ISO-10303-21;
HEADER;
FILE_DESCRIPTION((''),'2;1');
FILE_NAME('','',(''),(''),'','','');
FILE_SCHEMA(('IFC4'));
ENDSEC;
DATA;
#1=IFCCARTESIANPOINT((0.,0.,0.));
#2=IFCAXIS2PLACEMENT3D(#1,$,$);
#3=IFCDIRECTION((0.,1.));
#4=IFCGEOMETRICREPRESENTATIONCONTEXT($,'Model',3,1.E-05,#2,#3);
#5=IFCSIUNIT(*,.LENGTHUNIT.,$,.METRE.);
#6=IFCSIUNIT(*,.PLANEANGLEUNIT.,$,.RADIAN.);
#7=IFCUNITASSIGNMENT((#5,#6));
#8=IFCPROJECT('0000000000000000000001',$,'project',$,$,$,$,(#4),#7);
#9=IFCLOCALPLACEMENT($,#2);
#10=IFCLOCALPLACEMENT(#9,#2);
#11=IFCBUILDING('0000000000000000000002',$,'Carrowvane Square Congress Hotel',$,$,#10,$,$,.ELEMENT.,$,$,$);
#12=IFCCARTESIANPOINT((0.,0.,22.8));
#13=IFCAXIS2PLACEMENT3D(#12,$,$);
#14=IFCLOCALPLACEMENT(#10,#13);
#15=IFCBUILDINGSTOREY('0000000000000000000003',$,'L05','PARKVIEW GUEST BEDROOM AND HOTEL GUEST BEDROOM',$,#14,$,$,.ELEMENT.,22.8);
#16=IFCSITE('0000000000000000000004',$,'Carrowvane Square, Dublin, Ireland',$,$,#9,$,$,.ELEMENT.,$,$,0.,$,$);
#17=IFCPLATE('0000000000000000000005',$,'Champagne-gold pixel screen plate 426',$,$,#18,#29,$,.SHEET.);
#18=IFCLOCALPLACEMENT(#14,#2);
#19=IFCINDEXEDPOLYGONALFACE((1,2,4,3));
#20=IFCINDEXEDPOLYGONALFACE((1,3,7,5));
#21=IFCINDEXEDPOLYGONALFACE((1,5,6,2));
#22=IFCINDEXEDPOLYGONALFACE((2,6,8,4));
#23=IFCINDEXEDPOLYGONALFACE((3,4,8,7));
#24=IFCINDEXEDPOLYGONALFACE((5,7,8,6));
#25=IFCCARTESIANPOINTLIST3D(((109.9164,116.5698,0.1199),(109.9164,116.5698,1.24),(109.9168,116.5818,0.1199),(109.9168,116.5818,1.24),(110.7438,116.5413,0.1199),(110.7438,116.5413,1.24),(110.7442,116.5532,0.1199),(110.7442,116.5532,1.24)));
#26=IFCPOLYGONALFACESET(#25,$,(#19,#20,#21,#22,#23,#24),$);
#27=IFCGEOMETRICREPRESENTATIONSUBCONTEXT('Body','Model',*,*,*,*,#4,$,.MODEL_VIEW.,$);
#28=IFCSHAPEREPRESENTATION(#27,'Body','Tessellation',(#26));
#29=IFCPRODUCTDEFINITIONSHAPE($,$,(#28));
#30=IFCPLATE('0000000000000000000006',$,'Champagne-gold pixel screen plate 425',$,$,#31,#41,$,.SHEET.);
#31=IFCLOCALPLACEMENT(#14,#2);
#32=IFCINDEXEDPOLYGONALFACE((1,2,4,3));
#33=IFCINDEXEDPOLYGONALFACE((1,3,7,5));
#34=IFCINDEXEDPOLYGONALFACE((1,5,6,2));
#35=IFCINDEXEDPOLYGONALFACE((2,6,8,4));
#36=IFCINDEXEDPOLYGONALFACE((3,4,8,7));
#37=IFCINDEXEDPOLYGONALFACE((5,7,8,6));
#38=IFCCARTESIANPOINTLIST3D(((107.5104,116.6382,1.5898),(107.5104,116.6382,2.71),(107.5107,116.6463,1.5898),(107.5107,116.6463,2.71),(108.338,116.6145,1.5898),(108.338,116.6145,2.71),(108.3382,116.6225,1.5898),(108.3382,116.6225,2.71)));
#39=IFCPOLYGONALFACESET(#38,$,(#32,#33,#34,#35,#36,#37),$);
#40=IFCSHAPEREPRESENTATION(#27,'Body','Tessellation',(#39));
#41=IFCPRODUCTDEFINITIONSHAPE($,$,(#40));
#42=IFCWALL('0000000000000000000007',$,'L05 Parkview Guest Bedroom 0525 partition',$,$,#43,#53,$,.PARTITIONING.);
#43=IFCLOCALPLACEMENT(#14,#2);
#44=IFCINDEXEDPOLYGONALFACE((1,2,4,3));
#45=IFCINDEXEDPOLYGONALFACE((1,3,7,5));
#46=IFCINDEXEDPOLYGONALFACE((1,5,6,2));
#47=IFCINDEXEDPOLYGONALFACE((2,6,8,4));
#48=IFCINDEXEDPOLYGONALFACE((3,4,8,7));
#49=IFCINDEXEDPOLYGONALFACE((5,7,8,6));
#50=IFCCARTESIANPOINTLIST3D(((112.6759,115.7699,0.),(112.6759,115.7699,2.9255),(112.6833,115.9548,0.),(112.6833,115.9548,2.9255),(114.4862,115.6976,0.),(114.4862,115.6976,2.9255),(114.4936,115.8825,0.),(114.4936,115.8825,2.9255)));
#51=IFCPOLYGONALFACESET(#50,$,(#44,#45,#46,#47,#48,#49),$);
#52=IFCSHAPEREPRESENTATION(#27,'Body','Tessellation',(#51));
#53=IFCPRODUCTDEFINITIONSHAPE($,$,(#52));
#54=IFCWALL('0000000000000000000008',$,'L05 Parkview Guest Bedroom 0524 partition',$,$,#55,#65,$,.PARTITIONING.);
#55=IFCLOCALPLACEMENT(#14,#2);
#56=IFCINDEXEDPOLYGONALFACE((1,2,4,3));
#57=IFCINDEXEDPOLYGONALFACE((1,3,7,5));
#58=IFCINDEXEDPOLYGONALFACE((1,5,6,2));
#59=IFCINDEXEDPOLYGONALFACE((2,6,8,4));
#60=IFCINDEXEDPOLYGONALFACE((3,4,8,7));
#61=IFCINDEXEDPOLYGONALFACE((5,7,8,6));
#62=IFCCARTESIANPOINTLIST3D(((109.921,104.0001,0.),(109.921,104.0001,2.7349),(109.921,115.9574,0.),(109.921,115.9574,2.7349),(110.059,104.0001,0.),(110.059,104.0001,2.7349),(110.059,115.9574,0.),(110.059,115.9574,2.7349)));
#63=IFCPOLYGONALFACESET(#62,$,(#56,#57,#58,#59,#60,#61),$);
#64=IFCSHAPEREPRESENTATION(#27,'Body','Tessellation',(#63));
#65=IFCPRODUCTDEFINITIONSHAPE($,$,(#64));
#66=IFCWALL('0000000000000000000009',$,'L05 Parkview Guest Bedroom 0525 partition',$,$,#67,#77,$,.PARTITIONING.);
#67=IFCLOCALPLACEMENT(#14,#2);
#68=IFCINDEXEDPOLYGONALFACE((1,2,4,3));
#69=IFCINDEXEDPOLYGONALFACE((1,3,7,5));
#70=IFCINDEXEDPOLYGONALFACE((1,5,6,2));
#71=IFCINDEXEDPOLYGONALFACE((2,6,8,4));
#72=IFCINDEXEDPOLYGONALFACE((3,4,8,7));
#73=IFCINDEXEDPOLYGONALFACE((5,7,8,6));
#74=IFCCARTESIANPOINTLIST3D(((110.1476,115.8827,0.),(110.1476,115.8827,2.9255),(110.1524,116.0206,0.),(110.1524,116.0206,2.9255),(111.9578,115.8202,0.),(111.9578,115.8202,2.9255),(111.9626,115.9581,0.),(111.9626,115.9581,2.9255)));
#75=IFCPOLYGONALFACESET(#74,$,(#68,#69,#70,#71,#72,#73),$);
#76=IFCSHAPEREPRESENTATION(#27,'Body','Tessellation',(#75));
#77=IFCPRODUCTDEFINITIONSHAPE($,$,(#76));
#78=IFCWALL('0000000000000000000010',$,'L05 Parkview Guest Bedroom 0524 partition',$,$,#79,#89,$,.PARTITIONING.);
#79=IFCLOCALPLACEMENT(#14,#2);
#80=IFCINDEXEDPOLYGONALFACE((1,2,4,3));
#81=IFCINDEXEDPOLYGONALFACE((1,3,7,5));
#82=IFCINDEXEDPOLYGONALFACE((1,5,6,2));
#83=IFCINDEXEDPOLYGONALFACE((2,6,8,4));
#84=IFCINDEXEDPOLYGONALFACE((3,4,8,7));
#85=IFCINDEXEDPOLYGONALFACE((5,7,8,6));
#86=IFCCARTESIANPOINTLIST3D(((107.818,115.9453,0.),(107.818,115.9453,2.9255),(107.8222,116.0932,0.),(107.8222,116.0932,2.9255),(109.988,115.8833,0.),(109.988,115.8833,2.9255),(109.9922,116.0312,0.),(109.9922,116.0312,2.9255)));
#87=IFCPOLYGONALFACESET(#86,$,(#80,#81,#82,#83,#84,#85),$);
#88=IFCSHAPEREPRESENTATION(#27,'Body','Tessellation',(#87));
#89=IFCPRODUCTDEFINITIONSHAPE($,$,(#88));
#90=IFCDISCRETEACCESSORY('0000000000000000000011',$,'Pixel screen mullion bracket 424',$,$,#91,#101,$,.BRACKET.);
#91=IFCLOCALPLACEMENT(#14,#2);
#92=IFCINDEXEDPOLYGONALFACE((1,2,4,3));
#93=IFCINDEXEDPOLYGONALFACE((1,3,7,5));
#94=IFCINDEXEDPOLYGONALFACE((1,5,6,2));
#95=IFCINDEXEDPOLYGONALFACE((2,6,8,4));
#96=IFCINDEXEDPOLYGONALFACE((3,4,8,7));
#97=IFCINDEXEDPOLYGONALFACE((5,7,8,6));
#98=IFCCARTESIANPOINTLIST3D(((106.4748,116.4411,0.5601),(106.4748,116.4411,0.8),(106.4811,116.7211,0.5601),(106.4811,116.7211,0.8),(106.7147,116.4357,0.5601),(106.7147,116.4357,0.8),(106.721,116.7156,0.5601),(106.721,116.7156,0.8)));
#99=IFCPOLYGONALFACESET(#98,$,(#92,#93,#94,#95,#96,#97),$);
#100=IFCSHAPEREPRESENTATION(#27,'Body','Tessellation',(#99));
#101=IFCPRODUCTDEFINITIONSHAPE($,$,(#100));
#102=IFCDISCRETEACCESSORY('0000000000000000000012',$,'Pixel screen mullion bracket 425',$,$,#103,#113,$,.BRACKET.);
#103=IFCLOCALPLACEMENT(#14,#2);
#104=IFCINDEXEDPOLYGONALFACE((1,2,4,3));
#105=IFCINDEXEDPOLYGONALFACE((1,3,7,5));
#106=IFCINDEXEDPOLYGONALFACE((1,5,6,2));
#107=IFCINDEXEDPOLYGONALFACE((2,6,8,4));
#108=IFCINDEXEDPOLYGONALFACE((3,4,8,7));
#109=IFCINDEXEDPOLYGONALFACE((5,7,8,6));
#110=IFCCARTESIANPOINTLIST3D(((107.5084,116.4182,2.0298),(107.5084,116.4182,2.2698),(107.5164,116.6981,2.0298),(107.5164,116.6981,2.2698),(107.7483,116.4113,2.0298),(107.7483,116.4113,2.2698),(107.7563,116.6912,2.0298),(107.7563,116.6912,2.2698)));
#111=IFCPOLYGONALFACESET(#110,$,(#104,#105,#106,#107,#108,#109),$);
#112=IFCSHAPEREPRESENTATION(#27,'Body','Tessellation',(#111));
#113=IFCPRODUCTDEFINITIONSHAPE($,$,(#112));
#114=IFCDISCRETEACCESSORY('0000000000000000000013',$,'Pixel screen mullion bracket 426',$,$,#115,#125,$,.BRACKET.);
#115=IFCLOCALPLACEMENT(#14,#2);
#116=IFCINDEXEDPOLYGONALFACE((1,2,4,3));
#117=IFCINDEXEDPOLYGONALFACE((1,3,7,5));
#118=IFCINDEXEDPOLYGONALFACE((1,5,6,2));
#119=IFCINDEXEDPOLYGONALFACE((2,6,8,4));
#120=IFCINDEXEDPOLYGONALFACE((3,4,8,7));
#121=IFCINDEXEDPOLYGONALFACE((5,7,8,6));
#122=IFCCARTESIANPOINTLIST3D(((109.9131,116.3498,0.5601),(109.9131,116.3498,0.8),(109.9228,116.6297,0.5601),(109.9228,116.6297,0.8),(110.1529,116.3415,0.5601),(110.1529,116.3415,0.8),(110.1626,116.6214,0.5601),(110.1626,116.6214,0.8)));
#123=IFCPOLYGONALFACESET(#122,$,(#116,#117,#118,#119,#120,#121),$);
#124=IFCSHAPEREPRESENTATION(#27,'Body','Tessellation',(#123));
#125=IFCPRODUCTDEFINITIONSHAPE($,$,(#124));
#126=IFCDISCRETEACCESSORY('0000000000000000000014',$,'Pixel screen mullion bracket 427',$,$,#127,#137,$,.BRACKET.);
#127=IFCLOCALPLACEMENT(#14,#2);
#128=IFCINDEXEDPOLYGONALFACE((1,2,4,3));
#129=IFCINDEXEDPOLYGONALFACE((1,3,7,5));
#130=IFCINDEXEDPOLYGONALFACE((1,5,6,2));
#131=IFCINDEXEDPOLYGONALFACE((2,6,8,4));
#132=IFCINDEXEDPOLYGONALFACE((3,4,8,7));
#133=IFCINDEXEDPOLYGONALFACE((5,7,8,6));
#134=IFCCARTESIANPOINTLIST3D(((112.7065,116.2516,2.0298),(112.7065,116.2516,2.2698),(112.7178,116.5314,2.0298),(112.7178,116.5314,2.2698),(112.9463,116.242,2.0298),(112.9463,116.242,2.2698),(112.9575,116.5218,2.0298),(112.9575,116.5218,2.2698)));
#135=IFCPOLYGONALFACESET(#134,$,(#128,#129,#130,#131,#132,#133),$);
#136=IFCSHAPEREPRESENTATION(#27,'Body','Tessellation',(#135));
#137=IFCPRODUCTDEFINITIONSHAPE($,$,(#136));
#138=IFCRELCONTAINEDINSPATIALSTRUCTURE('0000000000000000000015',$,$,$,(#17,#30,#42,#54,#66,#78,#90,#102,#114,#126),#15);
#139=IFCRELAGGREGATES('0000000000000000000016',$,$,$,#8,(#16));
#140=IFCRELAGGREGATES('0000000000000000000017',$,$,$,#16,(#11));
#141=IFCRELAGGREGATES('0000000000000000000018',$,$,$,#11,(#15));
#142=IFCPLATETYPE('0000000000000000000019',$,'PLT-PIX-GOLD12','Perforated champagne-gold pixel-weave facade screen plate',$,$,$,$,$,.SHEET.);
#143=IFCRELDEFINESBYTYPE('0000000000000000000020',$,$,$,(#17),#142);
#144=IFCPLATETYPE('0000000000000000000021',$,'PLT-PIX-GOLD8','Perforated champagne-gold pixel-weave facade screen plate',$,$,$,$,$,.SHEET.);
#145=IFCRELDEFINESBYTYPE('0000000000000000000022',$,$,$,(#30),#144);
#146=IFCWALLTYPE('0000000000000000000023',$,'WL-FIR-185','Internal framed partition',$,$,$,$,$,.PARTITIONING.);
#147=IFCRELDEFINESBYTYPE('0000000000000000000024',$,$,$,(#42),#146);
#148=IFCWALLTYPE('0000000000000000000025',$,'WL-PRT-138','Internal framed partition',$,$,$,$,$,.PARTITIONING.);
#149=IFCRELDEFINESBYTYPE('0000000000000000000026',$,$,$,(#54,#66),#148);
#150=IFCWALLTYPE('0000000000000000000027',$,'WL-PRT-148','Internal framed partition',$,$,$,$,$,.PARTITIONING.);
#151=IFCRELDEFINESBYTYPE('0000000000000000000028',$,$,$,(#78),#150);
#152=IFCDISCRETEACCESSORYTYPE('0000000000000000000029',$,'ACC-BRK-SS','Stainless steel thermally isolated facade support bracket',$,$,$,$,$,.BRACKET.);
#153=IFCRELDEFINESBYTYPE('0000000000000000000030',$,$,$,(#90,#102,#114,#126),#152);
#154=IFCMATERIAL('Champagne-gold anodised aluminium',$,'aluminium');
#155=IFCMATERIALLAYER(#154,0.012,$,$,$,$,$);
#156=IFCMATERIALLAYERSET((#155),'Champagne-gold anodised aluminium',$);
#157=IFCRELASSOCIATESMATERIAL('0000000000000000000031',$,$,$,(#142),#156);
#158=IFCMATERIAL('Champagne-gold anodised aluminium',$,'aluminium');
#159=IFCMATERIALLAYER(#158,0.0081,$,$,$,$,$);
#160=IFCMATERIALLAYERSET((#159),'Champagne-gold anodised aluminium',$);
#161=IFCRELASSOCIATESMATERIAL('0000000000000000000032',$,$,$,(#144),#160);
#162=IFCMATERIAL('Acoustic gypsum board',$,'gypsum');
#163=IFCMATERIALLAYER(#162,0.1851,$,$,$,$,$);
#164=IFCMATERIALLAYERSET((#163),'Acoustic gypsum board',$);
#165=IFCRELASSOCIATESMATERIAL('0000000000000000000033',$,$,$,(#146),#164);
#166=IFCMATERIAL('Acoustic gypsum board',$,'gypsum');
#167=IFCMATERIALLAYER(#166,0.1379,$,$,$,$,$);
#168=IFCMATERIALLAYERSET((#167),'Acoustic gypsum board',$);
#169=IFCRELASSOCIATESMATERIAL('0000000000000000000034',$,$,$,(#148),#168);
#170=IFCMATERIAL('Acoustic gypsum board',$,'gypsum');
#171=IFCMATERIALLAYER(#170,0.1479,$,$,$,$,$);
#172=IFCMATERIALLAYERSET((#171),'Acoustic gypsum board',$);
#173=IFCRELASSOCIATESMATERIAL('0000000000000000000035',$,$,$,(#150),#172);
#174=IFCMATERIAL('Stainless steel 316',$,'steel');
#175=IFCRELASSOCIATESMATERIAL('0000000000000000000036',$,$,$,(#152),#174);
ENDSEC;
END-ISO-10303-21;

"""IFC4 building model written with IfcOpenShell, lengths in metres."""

from ifc_helpers import new_model, si_unit, direction, frame, frame_2d, origin, origin_2d, place, context, subcontext, project, spatial, rectangle, extrude, material, layer, layer_set, type_object, element, save


model = new_model("IFC4")

# Units and contexts
model_context = context("Model", 3, precision=1e-05, world=origin(), true_north=direction((0.0, 1.0)))
body_context = subcontext(model_context, "Body", "Model", "MODEL_VIEW")
ifc_project = project(units=[si_unit("LENGTHUNIT", "METRE"), si_unit("PLANEANGLEUNIT", "RADIAN")], contexts=[model_context])

# Site, building, storey
site_placement = place(None, origin())
site = spatial("IfcSite", under=ifc_project, at=site_placement, Name="Carrowvane Square, Dublin, Ireland", CompositionType="ELEMENT", RefElevation=0.0)
building_placement = place(site_placement, origin())
building = spatial("IfcBuilding", under=site, at=building_placement, Name="Carrowvane Square Congress Hotel", CompositionType="ELEMENT")
storey_placement = place(building_placement, frame((0.0, 0.0, 22.8)))
storey = spatial("IfcBuildingStorey", under=building, at=storey_placement, Name="L05", Description="PARKVIEW GUEST BEDROOM AND HOTEL GUEST BEDROOM", CompositionType="ELEMENT", Elevation=22.8)

# Plates
ifc_material_1 = material(Name="Champagne-gold anodised aluminium", Category="aluminium")
ifc_layer_1 = layer(ifc_material_1, 0.012)
ifc_layer_set_1 = layer_set([ifc_layer_1], Name="Champagne-gold anodised aluminium")
plate_type_1 = type_object("IfcPlateType", Name="PLT-PIX-GOLD12", Description="Perforated champagne-gold pixel-weave facade screen plate", PredefinedType="SHEET", material=ifc_layer_set_1)
for number, where, z_axis, x_axis, name in (
    (1, (110.3303, 116.5615, 0.1199), (0.0, 0.0, 1.0), (0.999404, -0.034527, 0.0), "Champagne-gold pixel screen plate 426"),
):
    element("IfcPlate", number, at=place(storey_placement, frame(where, z_axis=z_axis, x_axis=x_axis)), inside=storey, type_object=plate_type_1, Name=name, PredefinedType="SHEET", context=body_context, shape_type="SweptSolid", body=[
        extrude(rectangle(XDim=0.8279, YDim=0.012, at=origin_2d()), origin(), (0.0, 0.0, 1.0), 1.1201),
    ])
ifc_material_2 = material(Name="Champagne-gold anodised aluminium", Category="aluminium")
ifc_layer_2 = layer(ifc_material_2, 0.0081)
ifc_layer_set_2 = layer_set([ifc_layer_2], Name="Champagne-gold anodised aluminium")
plate_type_2 = type_object("IfcPlateType", Name="PLT-PIX-GOLD8", Description="Perforated champagne-gold pixel-weave facade screen plate", PredefinedType="SHEET", material=ifc_layer_set_2)
plate_1_placement = place(storey_placement, frame((107.9243, 116.6304, 1.5898), z_axis=(0.0, 0.0, 1.0), x_axis=(0.99959, -0.028639, 0.0)))
element("IfcPlate", 2, at=plate_1_placement, inside=storey, type_object=plate_type_2, Name="Champagne-gold pixel screen plate 425", PredefinedType="SHEET", context=body_context, shape_type="SweptSolid", body=[
    extrude(rectangle(XDim=0.8279, YDim=0.0081, at=origin_2d()), origin(), (0.0, 0.0, 1.0), 1.1201),
])

# Walls
ifc_material_3 = material(Name="Acoustic gypsum board", Category="gypsum")
ifc_layer_3 = layer(ifc_material_3, 0.1851)
ifc_layer_set_3 = layer_set([ifc_layer_3], Name="Acoustic gypsum board")
wall_type_1 = type_object("IfcWallType", Name="WL-FIR-185", Description="Internal framed partition", PredefinedType="PARTITIONING", material=ifc_layer_set_3)
wall_1_placement = place(storey_placement, frame((112.6797, 115.8623, 0.0), z_axis=(0.0, 0.0, 1.0), x_axis=(0.999204, -0.039887, 0.0)))
element("IfcWall", 3, at=wall_1_placement, inside=storey, type_object=wall_type_1, Name="L05 Parkview Guest Bedroom 0525 partition", PredefinedType="PARTITIONING", context=body_context, shape_type="SweptSolid", body=[
    extrude(rectangle(XDim=1.8118, YDim=0.1851, at=frame_2d((0.9058, 0.0))), origin(), (0.0, 0.0, 1.0), 2.9255),
])
ifc_material_4 = material(Name="Acoustic gypsum board", Category="gypsum")
ifc_layer_4 = layer(ifc_material_4, 0.1379)
ifc_layer_set_4 = layer_set([ifc_layer_4], Name="Acoustic gypsum board")
wall_type_2 = type_object("IfcWallType", Name="WL-PRT-138", Description="Internal framed partition", PredefinedType="PARTITIONING", material=ifc_layer_set_4)
wall_2_placement = place(storey_placement, frame((109.99, 115.9573, 0.0), z_axis=(0.0, 0.0, 1.0), x_axis=(0.0, -1.0, 0.0)))
element("IfcWall", 4, at=wall_2_placement, inside=storey, type_object=wall_type_2, Name="L05 Parkview Guest Bedroom 0524 partition", PredefinedType="PARTITIONING", context=body_context, shape_type="SweptSolid", body=[
    extrude(rectangle(XDim=11.9573, YDim=0.1379, at=frame_2d((5.9785, 0.0))), origin(), (0.0, 0.0, 1.0), 2.7349),
])
wall_3_placement = place(storey_placement, frame((110.1499, 115.9517, 0.0), z_axis=(0.0, 0.0, 1.0), x_axis=(0.999405, -0.034504, 0.0)))
element("IfcWall", 5, at=wall_3_placement, inside=storey, type_object=wall_type_2, Name="L05 Parkview Guest Bedroom 0525 partition", PredefinedType="PARTITIONING", context=body_context, shape_type="SweptSolid", body=[
    extrude(rectangle(XDim=1.8113, YDim=0.1379, at=frame_2d((0.9058, 0.0))), origin(), (0.0, 0.0, 1.0), 2.9255),
])
ifc_material_5 = material(Name="Acoustic gypsum board", Category="gypsum")
ifc_layer_5 = layer(ifc_material_5, 0.1479)
ifc_layer_set_5 = layer_set([ifc_layer_5], Name="Acoustic gypsum board")
wall_type_3 = type_object("IfcWallType", Name="WL-PRT-148", Description="Internal framed partition", PredefinedType="PARTITIONING", material=ifc_layer_set_5)
wall_4_placement = place(storey_placement, frame((107.8201, 116.0193, 0.0), z_axis=(0.0, 0.0, 1.0), x_axis=(0.999592, -0.028566, 0.0)))
element("IfcWall", 6, at=wall_4_placement, inside=storey, type_object=wall_type_3, Name="L05 Parkview Guest Bedroom 0524 partition", PredefinedType="PARTITIONING", context=body_context, shape_type="SweptSolid", body=[
    extrude(rectangle(XDim=2.1709, YDim=0.1479, at=frame_2d((1.0854, 0.0))), origin(), (0.0, 0.0, 1.0), 2.9255),
])

# Discrete accessories
ifc_material_6 = material(Name="Stainless steel 316", Category="steel")
discrete_accessory_type = type_object("IfcDiscreteAccessoryType", Name="ACC-BRK-SS", Description="Stainless steel thermally isolated facade support bracket", PredefinedType="BRACKET", material=ifc_material_6)
for number, where, z_axis, x_axis, name in (
    (7, (106.5979, 116.5784, 0.5601), (0.0, 0.0, 1.0), (0.999746, -0.022519, 0.0), "Pixel screen mullion bracket 424"),
    (8, (107.6323, 116.5547, 2.0298), (0.0, 0.0, 1.0), (0.99959, -0.028639, 0.0), "Pixel screen mullion bracket 425"),
    (9, (110.0378, 116.4856, 0.5601), (0.0, 0.0, 1.0), (0.999404, -0.034527, 0.0), "Pixel screen mullion bracket 426"),
    (10, (112.832, 116.3867, 2.0298), (0.0, 0.0, 1.0), (0.999194, -0.040134, 0.0), "Pixel screen mullion bracket 427"),
):
    element("IfcDiscreteAccessory", number, at=place(storey_placement, frame(where, z_axis=z_axis, x_axis=x_axis)), inside=storey, type_object=discrete_accessory_type, Name=name, PredefinedType="BRACKET", context=body_context, shape_type="SweptSolid", body=[
        extrude(rectangle(XDim=0.24, YDim=0.28, at=origin_2d()), origin(), (0.0, 0.0, 1.0), 0.24),
    ])

save(model, "model.ifc")
